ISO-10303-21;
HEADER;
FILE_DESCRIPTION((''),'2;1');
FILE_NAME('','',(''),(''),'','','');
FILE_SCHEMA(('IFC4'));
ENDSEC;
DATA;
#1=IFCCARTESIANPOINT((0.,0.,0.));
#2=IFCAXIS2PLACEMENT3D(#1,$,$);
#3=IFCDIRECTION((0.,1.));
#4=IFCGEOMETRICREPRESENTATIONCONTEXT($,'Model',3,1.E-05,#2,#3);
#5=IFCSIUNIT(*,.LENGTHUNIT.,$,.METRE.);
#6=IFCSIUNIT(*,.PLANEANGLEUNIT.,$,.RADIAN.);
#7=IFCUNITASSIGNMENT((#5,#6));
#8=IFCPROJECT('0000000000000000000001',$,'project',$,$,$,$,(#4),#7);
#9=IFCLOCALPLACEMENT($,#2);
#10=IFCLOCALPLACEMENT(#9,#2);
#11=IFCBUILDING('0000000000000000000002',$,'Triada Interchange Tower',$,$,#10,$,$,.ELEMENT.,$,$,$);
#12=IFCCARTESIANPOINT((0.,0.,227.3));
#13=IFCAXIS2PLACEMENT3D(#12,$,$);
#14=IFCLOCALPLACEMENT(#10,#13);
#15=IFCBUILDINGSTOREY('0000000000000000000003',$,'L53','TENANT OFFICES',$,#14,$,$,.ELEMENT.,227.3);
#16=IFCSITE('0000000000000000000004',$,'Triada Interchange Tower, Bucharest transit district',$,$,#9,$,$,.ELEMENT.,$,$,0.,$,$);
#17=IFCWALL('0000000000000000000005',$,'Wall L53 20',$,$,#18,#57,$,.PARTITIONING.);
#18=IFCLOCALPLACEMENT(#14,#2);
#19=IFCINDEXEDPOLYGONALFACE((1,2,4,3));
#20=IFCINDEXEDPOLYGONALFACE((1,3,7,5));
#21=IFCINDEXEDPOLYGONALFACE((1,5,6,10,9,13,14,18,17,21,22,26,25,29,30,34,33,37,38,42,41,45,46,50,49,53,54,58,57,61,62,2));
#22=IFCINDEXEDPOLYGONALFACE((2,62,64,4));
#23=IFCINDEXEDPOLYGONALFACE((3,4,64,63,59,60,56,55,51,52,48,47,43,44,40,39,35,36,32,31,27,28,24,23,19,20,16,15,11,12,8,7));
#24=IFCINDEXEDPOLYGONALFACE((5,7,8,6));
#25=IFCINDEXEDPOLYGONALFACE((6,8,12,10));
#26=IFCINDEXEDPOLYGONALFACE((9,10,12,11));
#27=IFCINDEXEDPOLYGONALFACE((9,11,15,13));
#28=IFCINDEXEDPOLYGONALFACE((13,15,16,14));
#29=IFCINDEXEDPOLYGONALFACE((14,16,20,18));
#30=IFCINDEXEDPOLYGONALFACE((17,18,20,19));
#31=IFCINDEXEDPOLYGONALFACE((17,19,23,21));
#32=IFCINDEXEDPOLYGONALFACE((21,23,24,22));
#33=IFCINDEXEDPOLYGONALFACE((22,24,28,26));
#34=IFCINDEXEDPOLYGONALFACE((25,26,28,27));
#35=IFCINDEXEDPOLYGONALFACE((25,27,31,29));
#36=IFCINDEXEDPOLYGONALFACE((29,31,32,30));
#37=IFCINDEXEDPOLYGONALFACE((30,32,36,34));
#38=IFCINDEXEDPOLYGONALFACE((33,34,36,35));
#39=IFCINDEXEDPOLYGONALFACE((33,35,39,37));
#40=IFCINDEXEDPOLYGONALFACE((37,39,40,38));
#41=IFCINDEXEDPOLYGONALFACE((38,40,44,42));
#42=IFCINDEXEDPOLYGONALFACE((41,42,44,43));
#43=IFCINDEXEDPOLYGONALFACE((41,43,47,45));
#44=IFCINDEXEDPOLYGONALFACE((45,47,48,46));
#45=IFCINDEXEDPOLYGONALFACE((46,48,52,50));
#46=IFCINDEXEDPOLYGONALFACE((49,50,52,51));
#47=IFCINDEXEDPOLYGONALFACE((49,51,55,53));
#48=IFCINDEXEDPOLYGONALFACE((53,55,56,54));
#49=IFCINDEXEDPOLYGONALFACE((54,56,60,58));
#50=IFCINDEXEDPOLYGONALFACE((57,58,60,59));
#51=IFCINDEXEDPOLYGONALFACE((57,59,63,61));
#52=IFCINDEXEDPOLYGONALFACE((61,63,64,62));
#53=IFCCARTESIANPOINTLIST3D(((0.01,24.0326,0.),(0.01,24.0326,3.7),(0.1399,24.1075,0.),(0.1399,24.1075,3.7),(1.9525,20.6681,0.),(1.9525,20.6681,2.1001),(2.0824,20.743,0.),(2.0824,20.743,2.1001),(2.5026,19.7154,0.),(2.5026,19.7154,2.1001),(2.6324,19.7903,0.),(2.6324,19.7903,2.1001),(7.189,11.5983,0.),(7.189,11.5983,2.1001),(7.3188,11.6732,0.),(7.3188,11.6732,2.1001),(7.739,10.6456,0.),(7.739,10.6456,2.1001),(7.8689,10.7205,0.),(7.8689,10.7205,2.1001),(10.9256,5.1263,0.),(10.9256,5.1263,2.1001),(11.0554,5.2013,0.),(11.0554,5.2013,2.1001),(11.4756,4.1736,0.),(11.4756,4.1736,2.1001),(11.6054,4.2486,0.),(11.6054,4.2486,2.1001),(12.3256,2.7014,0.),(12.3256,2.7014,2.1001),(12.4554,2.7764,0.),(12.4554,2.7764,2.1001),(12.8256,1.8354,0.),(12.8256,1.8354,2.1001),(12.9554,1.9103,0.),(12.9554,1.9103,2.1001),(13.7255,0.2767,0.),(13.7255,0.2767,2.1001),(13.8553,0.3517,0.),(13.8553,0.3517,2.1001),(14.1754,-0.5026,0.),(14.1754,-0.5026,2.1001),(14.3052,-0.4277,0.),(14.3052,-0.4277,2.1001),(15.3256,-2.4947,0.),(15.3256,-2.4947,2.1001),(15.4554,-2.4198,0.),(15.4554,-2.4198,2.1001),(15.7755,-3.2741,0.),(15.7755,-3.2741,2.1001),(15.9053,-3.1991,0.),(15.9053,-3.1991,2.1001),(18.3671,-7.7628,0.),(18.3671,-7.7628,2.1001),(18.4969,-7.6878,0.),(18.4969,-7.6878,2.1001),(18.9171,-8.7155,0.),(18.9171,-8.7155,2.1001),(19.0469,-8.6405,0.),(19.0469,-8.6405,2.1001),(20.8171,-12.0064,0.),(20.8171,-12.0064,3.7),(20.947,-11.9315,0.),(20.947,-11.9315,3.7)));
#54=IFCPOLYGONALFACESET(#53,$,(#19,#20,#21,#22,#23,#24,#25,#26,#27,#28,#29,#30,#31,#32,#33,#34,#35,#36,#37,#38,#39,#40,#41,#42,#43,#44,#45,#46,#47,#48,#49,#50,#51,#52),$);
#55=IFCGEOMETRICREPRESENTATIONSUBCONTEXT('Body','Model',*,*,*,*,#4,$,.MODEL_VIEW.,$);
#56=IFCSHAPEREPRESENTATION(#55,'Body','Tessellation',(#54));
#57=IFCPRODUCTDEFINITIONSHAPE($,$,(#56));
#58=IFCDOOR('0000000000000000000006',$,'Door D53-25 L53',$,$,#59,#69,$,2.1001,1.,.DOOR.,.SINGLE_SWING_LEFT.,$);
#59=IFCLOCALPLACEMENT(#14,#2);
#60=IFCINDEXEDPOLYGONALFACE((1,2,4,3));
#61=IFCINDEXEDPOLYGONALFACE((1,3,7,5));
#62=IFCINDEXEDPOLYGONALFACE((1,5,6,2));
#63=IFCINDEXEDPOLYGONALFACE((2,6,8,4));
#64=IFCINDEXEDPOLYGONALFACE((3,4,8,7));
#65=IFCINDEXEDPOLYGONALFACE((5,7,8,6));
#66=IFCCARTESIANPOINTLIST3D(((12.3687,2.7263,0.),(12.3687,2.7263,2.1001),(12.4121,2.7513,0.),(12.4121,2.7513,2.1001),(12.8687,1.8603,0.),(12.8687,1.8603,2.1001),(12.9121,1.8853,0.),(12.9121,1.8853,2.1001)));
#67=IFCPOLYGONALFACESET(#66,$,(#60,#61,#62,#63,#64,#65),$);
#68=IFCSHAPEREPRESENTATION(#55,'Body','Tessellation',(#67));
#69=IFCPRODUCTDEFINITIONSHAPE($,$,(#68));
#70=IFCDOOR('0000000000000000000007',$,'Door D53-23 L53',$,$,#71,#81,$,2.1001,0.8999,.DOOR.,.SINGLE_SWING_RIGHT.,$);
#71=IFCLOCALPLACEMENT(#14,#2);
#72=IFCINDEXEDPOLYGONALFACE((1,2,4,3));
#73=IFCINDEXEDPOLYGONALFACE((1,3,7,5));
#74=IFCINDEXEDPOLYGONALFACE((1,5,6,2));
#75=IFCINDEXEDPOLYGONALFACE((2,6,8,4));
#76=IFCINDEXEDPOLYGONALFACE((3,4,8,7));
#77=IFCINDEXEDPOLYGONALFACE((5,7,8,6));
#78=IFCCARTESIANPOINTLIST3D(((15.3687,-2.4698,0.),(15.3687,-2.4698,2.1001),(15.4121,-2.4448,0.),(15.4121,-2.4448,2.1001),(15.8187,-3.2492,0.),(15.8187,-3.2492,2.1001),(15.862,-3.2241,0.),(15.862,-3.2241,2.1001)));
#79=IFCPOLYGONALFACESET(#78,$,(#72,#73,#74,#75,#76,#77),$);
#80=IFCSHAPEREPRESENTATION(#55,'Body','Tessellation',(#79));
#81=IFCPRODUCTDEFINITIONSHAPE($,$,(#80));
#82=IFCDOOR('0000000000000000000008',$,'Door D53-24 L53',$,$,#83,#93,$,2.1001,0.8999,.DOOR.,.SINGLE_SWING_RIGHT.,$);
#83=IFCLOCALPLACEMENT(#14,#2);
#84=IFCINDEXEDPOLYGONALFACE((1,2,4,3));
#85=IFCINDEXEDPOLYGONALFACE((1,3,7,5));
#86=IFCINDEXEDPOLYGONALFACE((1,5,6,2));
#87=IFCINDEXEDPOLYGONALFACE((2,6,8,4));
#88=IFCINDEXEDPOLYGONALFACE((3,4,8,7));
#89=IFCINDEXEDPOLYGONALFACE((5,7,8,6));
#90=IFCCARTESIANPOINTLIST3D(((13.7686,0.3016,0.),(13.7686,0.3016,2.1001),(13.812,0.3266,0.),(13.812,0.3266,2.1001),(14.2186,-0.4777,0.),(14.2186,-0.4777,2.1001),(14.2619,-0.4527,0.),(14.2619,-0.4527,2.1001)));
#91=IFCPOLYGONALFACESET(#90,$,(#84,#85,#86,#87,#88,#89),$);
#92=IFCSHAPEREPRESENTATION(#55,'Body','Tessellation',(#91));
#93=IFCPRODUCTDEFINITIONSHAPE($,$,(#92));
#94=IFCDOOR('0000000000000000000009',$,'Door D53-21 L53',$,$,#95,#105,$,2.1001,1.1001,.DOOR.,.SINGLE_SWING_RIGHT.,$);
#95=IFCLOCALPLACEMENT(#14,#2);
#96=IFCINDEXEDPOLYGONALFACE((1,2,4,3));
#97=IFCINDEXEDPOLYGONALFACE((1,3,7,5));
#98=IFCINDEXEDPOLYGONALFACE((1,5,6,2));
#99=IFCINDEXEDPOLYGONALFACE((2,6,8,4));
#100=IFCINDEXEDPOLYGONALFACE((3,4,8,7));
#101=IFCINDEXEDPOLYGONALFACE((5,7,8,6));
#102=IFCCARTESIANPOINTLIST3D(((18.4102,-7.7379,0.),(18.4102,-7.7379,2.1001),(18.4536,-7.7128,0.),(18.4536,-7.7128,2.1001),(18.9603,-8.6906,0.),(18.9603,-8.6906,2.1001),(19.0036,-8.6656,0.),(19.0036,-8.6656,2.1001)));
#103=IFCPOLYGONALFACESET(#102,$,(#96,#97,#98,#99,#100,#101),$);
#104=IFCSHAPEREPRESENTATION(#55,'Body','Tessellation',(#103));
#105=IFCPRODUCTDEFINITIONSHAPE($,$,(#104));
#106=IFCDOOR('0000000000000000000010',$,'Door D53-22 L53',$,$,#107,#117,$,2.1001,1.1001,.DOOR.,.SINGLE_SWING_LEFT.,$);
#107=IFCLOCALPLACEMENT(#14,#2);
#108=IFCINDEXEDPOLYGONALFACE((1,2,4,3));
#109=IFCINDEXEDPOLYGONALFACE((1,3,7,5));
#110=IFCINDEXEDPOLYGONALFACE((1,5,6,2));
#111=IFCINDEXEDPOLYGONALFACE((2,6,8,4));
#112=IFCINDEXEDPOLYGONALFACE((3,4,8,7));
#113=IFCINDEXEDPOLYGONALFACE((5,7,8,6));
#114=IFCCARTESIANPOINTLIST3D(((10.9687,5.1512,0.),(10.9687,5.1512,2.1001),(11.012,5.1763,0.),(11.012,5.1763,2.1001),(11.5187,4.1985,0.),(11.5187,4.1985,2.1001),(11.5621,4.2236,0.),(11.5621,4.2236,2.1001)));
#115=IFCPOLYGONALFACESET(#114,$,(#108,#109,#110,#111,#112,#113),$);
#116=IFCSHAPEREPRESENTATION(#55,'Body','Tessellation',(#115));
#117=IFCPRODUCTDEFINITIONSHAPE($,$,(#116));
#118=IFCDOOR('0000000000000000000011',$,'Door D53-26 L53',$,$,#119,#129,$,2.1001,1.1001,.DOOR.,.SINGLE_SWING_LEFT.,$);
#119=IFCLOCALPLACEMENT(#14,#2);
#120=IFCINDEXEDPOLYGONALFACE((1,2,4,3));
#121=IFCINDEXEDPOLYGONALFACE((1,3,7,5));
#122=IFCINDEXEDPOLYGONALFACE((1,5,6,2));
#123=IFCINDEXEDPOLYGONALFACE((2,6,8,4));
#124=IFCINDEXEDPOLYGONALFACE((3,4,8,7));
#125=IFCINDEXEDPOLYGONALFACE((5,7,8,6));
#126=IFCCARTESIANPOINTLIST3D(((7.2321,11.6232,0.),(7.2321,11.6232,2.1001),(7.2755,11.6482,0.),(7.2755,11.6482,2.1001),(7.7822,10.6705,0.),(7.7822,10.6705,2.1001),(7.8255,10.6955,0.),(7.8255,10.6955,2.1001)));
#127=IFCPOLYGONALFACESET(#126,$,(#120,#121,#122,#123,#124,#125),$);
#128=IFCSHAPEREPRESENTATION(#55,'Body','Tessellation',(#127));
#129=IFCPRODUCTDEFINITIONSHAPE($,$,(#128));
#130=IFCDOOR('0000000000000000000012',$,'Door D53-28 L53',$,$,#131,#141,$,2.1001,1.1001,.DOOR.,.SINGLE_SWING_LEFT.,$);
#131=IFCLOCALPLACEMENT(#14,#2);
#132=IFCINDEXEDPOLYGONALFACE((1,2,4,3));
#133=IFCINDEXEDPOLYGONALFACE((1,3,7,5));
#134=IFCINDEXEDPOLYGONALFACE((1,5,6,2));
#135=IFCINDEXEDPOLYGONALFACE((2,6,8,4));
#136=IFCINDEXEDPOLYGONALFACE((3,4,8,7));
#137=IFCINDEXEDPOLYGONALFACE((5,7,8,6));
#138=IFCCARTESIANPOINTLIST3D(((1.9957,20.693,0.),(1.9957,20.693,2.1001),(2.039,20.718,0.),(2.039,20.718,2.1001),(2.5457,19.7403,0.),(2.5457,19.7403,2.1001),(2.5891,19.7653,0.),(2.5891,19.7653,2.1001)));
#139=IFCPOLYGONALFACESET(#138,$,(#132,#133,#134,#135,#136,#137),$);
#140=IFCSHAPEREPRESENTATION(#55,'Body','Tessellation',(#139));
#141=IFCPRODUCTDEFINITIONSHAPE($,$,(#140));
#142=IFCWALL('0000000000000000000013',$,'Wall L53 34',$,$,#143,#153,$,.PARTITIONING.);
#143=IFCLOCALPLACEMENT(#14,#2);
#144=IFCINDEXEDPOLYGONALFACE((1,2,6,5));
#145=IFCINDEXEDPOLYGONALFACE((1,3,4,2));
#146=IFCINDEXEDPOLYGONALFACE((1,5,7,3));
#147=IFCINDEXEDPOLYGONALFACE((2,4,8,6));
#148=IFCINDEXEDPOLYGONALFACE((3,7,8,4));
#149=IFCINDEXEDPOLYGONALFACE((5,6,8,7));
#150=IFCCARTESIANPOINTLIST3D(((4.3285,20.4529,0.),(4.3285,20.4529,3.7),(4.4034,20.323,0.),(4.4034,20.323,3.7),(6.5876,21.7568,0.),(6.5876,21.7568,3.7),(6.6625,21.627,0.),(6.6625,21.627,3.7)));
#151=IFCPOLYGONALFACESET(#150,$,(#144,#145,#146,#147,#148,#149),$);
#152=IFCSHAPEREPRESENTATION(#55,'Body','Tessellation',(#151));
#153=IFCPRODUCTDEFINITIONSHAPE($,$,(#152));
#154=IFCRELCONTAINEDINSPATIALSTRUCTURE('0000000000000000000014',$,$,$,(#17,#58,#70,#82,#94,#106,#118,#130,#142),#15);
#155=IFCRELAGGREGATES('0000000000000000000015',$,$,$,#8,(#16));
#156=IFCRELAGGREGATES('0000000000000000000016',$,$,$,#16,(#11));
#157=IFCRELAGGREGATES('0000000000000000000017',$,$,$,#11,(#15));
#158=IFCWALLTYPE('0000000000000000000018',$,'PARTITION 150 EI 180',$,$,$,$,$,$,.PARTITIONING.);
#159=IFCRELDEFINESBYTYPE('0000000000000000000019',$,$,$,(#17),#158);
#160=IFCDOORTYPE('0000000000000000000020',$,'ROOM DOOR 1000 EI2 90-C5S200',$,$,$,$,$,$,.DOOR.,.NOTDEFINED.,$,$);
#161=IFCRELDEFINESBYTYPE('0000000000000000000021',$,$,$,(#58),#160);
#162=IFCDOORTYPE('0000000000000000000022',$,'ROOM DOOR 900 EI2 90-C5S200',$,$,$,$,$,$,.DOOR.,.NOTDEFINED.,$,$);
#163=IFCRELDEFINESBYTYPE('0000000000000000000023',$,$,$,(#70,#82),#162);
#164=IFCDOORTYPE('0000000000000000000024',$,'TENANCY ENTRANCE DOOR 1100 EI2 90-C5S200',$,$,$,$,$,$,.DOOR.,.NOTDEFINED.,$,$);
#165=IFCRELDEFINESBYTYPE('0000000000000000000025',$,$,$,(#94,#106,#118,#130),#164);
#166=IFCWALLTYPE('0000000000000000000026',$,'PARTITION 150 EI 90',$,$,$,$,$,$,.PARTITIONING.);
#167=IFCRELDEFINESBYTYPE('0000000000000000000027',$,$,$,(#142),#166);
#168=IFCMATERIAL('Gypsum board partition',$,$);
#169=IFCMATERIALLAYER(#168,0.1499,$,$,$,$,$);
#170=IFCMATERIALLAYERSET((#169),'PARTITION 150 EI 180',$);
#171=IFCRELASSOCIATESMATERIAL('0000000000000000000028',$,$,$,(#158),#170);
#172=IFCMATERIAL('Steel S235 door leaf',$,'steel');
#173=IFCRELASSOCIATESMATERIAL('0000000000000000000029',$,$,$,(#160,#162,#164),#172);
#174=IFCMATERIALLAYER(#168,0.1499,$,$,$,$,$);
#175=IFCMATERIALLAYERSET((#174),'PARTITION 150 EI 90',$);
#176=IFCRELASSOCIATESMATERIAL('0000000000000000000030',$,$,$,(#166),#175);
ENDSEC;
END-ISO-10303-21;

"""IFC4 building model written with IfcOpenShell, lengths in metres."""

from ifc_helpers import new_model, si_unit, direction, frame, frame_2d, origin, place, context, subcontext, project, spatial, rectangle, extrude, material, layer, layer_set, type_object, element, fill, save


model = new_model("IFC4")

# Units and contexts
model_context = context("Model", 3, precision=1e-05, world=origin(), true_north=direction((0.0, 1.0)))
body_context = subcontext(model_context, "Body", "Model", "MODEL_VIEW")
ifc_project = project(units=[si_unit("LENGTHUNIT", "METRE"), si_unit("PLANEANGLEUNIT", "RADIAN")], contexts=[model_context])

# Site, building, storey
site_placement = place(None, origin())
site = spatial("IfcSite", under=ifc_project, at=site_placement, Name="Triada Interchange Tower, Bucharest transit district", CompositionType="ELEMENT", RefElevation=0.0)
building_placement = place(site_placement, origin())
building = spatial("IfcBuilding", under=site, at=building_placement, Name="Triada Interchange Tower", CompositionType="ELEMENT")
storey_placement = place(building_placement, frame((0.0, 0.0, 227.3)))
storey = spatial("IfcBuildingStorey", under=building, at=storey_placement, Name="L53", Description="TENANT OFFICES", CompositionType="ELEMENT", Elevation=227.3)

# Wall, openings, doors
ifc_material_1 = material(Name="Gypsum board partition")
ifc_layer_1 = layer(ifc_material_1, 0.1499)
ifc_layer_set_1 = layer_set([ifc_layer_1], Name="PARTITION 150 EI 180")
wall_type_1 = type_object("IfcWallType", Name="PARTITION 150 EI 180", PredefinedType="PARTITIONING", material=ifc_layer_set_1)
wall_1_placement = place(storey_placement, frame((0.075, 24.0701, 0.0), z_axis=(0.0, 0.0, 1.0), x_axis=(0.499999, -0.866026, 0.0)))
wall_1 = element("IfcWall", 1, at=wall_1_placement, inside=storey, type_object=wall_type_1, Name="Wall L53 20", PredefinedType="PARTITIONING", context=body_context, shape_type="SweptSolid", body=[
    extrude(rectangle(XDim=41.6143, YDim=0.1499, at=frame_2d((20.8071, 0.0))), origin(), (0.0, 0.0, 1.0), 3.7),
])
opening_1_placement = place(wall_1_placement, frame((36.7141, 0.0, 0.0)))
opening_1 = element("IfcOpeningElement", 2, at=opening_1_placement, cuts=wall_1, PredefinedType="OPENING", context=body_context, shape_type="SweptSolid", body=[
    extrude(rectangle(XDim=1.1001, YDim=2.1001, at=frame_2d((0.55, 1.05))), frame((0.0, 0.085, 0.0), z_axis=(0.0, -1.0, 0.0), x_axis=(1.0, 0.0, 0.0)), (0.0, 0.0, 1.0), 0.1699),
])
opening_2_placement = place(wall_1_placement, frame((21.8311, 0.0, 0.0)))
opening_2 = element("IfcOpeningElement", 3, at=opening_2_placement, cuts=wall_1, PredefinedType="OPENING", context=body_context, shape_type="SweptSolid", body=[
    extrude(rectangle(XDim=1.1001, YDim=2.1001, at=frame_2d((0.55, 1.05))), frame((0.0, 0.085, 0.0), z_axis=(0.0, -1.0, 0.0), x_axis=(1.0, 0.0, 0.0)), (0.0, 0.0, 1.0), 0.1699),
])
opening_3_placement = place(wall_1_placement, frame((30.6311, 0.0, 0.0)))
opening_3 = element("IfcOpeningElement", 4, at=opening_3_placement, cuts=wall_1, PredefinedType="OPENING", context=body_context, shape_type="SweptSolid", body=[
    extrude(rectangle(XDim=0.8999, YDim=2.1001, at=frame_2d((0.45, 1.05))), frame((0.0, 0.085, 0.0), z_axis=(0.0, -1.0, 0.0), x_axis=(1.0, 0.0, 0.0)), (0.0, 0.0, 1.0), 0.1699),
])
opening_4_placement = place(wall_1_placement, frame((27.4309, 0.0, 0.0)))
opening_4 = element("IfcOpeningElement", 5, at=opening_4_placement, cuts=wall_1, PredefinedType="OPENING", context=body_context, shape_type="SweptSolid", body=[
    extrude(rectangle(XDim=0.8999, YDim=2.1001, at=frame_2d((0.45, 1.05))), frame((0.0, 0.085, 0.0), z_axis=(0.0, -1.0, 0.0), x_axis=(1.0, 0.0, 0.0)), (0.0, 0.0, 1.0), 0.1699),
])
opening_5_placement = place(wall_1_placement, frame((24.6311, 0.0, 0.0)))
opening_5 = element("IfcOpeningElement", 6, at=opening_5_placement, cuts=wall_1, PredefinedType="OPENING", context=body_context, shape_type="SweptSolid", body=[
    extrude(rectangle(XDim=1.0, YDim=2.1001, at=frame_2d((0.5, 1.05))), frame((0.0, 0.085, 0.0), z_axis=(0.0, -1.0, 0.0), x_axis=(1.0, 0.0, 0.0)), (0.0, 0.0, 1.0), 0.1699),
])
opening_6_placement = place(wall_1_placement, frame((14.3579, 0.0, 0.0)))
opening_6 = element("IfcOpeningElement", 7, at=opening_6_placement, cuts=wall_1, PredefinedType="OPENING", context=body_context, shape_type="SweptSolid", body=[
    extrude(rectangle(XDim=1.1001, YDim=2.1001, at=frame_2d((0.55, 1.05))), frame((0.0, 0.085, 0.0), z_axis=(0.0, -1.0, 0.0), x_axis=(1.0, 0.0, 0.0)), (0.0, 0.0, 1.0), 0.1699),
])
opening_7_placement = place(wall_1_placement, frame((3.885, 0.0, 0.0)))
opening_7 = element("IfcOpeningElement", 8, at=opening_7_placement, cuts=wall_1, PredefinedType="OPENING", context=body_context, shape_type="SweptSolid", body=[
    extrude(rectangle(XDim=1.1001, YDim=2.1001, at=frame_2d((0.55, 1.05))), frame((0.0, 0.085, 0.0), z_axis=(0.0, -1.0, 0.0), x_axis=(1.0, 0.0, 0.0)), (0.0, 0.0, 1.0), 0.1699),
])
ifc_material_2 = material(Name="Steel S235 door leaf", Category="steel")
door_type_1 = type_object("IfcDoorType", Name="ROOM DOOR 1000 EI2 90-C5S200", OperationType="NOTDEFINED", PredefinedType="DOOR", material=ifc_material_2)
door_1_placement = place(opening_5_placement, origin())
door_1 = element("IfcDoor", 9, at=door_1_placement, inside=storey, type_object=door_type_1, Name="Door D53-25 L53", OperationType="SINGLE_SWING_LEFT", OverallHeight=2.1001, OverallWidth=1.0, PredefinedType="DOOR", context=body_context, shape_type="SweptSolid", body=[
    extrude(rectangle(XDim=1.0, YDim=2.1001, at=frame_2d((0.5, 1.05))), frame((0.0, 0.0249, 0.0), z_axis=(0.0, -1.0, 0.0), x_axis=(1.0, 0.0, 0.0)), (0.0, 0.0, 1.0), 0.05),
])
fill(opening_5, door_1)
door_type_2 = type_object("IfcDoorType", Name="ROOM DOOR 900 EI2 90-C5S200", OperationType="NOTDEFINED", PredefinedType="DOOR", material=ifc_material_2)
door_2_placement = place(opening_3_placement, origin())
door_2 = element("IfcDoor", 10, at=door_2_placement, inside=storey, type_object=door_type_2, Name="Door D53-23 L53", OperationType="SINGLE_SWING_RIGHT", OverallHeight=2.1001, OverallWidth=0.8999, PredefinedType="DOOR", context=body_context, shape_type="SweptSolid", body=[
    extrude(rectangle(XDim=0.8999, YDim=2.1001, at=frame_2d((0.45, 1.05))), frame((0.0, 0.0249, 0.0), z_axis=(0.0, -1.0, 0.0), x_axis=(1.0, 0.0, 0.0)), (0.0, 0.0, 1.0), 0.05),
])
fill(opening_3, door_2)
door_3_placement = place(opening_4_placement, origin())
door_3 = element("IfcDoor", 11, at=door_3_placement, inside=storey, type_object=door_type_2, Name="Door D53-24 L53", OperationType="SINGLE_SWING_RIGHT", OverallHeight=2.1001, OverallWidth=0.8999, PredefinedType="DOOR", context=body_context, shape_type="SweptSolid", body=[
    extrude(rectangle(XDim=0.8999, YDim=2.1001, at=frame_2d((0.45, 1.05))), frame((0.0, 0.0249, 0.0), z_axis=(0.0, -1.0, 0.0), x_axis=(1.0, 0.0, 0.0)), (0.0, 0.0, 1.0), 0.05),
])
fill(opening_4, door_3)
door_type_3 = type_object("IfcDoorType", Name="TENANCY ENTRANCE DOOR 1100 EI2 90-C5S200", OperationType="NOTDEFINED", PredefinedType="DOOR", material=ifc_material_2)
door_4_placement = place(opening_1_placement, origin())
door_4 = element("IfcDoor", 12, at=door_4_placement, inside=storey, type_object=door_type_3, Name="Door D53-21 L53", OperationType="SINGLE_SWING_RIGHT", OverallHeight=2.1001, OverallWidth=1.1001, PredefinedType="DOOR", context=body_context, shape_type="SweptSolid", body=[
    extrude(rectangle(XDim=1.1001, YDim=2.1001, at=frame_2d((0.55, 1.05))), frame((0.0, 0.0249, 0.0), z_axis=(0.0, -1.0, 0.0), x_axis=(1.0, 0.0, 0.0)), (0.0, 0.0, 1.0), 0.05),
])
fill(opening_1, door_4)
door_5_placement = place(opening_2_placement, origin())
door_5 = element("IfcDoor", 13, at=door_5_placement, inside=storey, type_object=door_type_3, Name="Door D53-22 L53", OperationType="SINGLE_SWING_LEFT", OverallHeight=2.1001, OverallWidth=1.1001, PredefinedType="DOOR", context=body_context, shape_type="SweptSolid", body=[
    extrude(rectangle(XDim=1.1001, YDim=2.1001, at=frame_2d((0.55, 1.05))), frame((0.0, 0.0249, 0.0), z_axis=(0.0, -1.0, 0.0), x_axis=(1.0, 0.0, 0.0)), (0.0, 0.0, 1.0), 0.05),
])
fill(opening_2, door_5)
door_6_placement = place(opening_6_placement, origin())
door_6 = element("IfcDoor", 14, at=door_6_placement, inside=storey, type_object=door_type_3, Name="Door D53-26 L53", OperationType="SINGLE_SWING_LEFT", OverallHeight=2.1001, OverallWidth=1.1001, PredefinedType="DOOR", context=body_context, shape_type="SweptSolid", body=[
    extrude(rectangle(XDim=1.1001, YDim=2.1001, at=frame_2d((0.55, 1.05))), frame((0.0, 0.0249, 0.0), z_axis=(0.0, -1.0, 0.0), x_axis=(1.0, 0.0, 0.0)), (0.0, 0.0, 1.0), 0.05),
])
fill(opening_6, door_6)
door_7_placement = place(opening_7_placement, origin())
door_7 = element("IfcDoor", 15, at=door_7_placement, inside=storey, type_object=door_type_3, Name="Door D53-28 L53", OperationType="SINGLE_SWING_LEFT", OverallHeight=2.1001, OverallWidth=1.1001, PredefinedType="DOOR", context=body_context, shape_type="SweptSolid", body=[
    extrude(rectangle(XDim=1.1001, YDim=2.1001, at=frame_2d((0.55, 1.05))), frame((0.0, 0.0249, 0.0), z_axis=(0.0, -1.0, 0.0), x_axis=(1.0, 0.0, 0.0)), (0.0, 0.0, 1.0), 0.05),
])
fill(opening_7, door_7)

# Wall
ifc_layer_2 = layer(ifc_material_1, 0.1499)
ifc_layer_set_2 = layer_set([ifc_layer_2], Name="PARTITION 150 EI 90")
wall_type_2 = type_object("IfcWallType", Name="PARTITION 150 EI 90", PredefinedType="PARTITIONING", material=ifc_layer_set_2)
wall_2_placement = place(storey_placement, frame((4.366, 20.3879, 0.0), z_axis=(0.0, 0.0, 1.0), x_axis=(0.866075, 0.499914, 0.0)))
element("IfcWall", 16, at=wall_2_placement, inside=storey, type_object=wall_type_2, Name="Wall L53 34", PredefinedType="PARTITIONING", context=body_context, shape_type="SweptSolid", body=[
    extrude(rectangle(XDim=2.6084, YDim=0.1499, at=frame_2d((1.3042, 0.0))), origin(), (0.0, 0.0, 1.0), 3.7),
])

save(model, "model.ifc")
